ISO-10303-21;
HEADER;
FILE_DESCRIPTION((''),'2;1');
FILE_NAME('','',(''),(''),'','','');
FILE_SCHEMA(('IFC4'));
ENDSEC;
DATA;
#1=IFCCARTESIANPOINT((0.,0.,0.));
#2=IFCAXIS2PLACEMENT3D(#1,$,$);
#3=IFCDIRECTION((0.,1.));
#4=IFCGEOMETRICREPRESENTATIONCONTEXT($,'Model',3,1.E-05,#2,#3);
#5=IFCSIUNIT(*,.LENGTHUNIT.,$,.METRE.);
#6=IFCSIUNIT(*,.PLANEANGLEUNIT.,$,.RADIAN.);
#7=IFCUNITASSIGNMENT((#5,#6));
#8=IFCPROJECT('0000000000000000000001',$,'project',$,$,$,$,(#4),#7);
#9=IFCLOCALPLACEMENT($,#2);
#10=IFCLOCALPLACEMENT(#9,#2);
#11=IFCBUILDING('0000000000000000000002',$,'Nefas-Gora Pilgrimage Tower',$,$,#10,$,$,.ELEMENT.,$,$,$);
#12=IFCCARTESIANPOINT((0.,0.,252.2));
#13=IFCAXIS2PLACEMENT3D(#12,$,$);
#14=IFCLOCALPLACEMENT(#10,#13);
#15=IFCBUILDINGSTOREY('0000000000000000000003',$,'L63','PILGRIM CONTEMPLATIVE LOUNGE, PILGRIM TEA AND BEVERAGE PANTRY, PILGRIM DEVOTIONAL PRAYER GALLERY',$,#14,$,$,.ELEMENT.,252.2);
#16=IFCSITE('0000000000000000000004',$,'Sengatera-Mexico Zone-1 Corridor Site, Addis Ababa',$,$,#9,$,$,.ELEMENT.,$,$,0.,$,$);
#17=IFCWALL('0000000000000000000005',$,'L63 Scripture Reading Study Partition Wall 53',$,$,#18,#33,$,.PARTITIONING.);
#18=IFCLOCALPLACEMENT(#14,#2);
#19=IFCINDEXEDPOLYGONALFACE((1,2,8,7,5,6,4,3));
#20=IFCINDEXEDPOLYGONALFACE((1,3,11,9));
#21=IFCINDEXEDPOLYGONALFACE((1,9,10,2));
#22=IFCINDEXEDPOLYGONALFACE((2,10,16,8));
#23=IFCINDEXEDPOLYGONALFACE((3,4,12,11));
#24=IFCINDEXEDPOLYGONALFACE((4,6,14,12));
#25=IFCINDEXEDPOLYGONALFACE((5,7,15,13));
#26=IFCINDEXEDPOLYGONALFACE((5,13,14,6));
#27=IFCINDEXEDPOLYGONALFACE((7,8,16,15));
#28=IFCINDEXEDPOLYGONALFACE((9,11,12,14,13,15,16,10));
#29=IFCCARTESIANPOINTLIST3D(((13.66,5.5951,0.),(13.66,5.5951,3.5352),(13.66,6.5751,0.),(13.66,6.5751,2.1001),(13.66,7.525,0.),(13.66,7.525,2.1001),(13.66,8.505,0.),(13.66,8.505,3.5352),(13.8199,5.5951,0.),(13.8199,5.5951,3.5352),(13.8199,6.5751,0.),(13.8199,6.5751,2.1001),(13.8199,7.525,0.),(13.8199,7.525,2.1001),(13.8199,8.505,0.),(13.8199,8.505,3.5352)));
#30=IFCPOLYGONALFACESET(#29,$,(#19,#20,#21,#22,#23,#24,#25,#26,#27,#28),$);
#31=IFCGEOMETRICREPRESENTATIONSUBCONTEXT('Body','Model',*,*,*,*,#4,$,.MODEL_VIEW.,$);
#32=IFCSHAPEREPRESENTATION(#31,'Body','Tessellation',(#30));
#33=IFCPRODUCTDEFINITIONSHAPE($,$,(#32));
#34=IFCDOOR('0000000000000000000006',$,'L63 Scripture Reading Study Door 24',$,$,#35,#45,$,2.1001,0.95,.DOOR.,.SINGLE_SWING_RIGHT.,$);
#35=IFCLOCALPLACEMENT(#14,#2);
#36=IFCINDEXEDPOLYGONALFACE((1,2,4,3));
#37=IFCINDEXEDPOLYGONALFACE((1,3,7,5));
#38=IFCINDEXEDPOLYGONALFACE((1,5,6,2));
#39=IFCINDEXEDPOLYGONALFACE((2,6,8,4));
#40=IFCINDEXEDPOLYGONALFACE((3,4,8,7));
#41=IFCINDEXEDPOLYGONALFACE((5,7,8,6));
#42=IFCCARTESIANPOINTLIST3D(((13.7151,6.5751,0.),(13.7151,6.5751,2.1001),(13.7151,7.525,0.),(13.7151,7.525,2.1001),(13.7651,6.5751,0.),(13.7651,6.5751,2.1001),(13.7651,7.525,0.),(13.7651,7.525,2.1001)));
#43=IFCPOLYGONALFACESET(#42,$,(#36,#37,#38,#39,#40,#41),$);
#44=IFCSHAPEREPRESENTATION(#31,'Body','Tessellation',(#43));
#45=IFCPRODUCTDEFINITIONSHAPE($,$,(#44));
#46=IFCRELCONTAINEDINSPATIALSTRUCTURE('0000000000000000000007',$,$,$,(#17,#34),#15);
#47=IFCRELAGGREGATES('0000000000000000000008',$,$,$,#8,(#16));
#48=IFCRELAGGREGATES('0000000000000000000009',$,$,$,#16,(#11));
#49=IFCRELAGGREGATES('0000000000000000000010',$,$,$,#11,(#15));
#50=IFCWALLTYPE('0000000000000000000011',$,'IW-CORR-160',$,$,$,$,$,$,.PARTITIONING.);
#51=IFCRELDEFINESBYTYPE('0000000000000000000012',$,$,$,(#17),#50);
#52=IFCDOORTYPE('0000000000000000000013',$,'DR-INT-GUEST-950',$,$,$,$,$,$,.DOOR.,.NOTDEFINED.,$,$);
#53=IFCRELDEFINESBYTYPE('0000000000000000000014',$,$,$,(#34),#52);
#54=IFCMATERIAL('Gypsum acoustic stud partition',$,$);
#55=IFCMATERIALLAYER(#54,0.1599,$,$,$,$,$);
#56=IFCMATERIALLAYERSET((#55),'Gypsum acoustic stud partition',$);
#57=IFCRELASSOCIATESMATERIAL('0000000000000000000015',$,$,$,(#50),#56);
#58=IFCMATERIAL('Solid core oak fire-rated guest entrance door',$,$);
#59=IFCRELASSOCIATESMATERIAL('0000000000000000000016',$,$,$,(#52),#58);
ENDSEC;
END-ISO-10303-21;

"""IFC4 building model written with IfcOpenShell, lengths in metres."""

from ifc_helpers import new_model, si_unit, direction, frame, frame_2d, origin, place, context, subcontext, project, spatial, rectangle, extrude, source, transform, mapped, material, layer, layer_set, type_object, element, fill, save


model = new_model("IFC4")

# Units and contexts
model_context = context("Model", 3, precision=1e-05, world=origin(), true_north=direction((0.0, 1.0)))
body_context = subcontext(model_context, "Body", "Model", "MODEL_VIEW")
ifc_project = project(units=[si_unit("LENGTHUNIT", "METRE"), si_unit("PLANEANGLEUNIT", "RADIAN")], contexts=[model_context])

# Site, building, storey
site_placement = place(None, origin())
site = spatial("IfcSite", under=ifc_project, at=site_placement, Name="Sengatera-Mexico Zone-1 Corridor Site, Addis Ababa", CompositionType="ELEMENT", RefElevation=0.0)
building_placement = place(site_placement, origin())
building = spatial("IfcBuilding", under=site, at=building_placement, Name="Nefas-Gora Pilgrimage Tower", CompositionType="ELEMENT")
storey_placement = place(building_placement, frame((0.0, 0.0, 252.2)))
storey = spatial("IfcBuildingStorey", under=building, at=storey_placement, Name="L63", Description="PILGRIM CONTEMPLATIVE LOUNGE, PILGRIM TEA AND BEVERAGE PANTRY, PILGRIM DEVOTIONAL PRAYER GALLERY", CompositionType="ELEMENT", Elevation=252.2)

# Shared definitions
ifc_material_1 = material(Name="Gypsum acoustic stud partition")
ifc_layer_1 = layer(ifc_material_1, 0.1599)
ifc_layer_set_1 = layer_set([ifc_layer_1], Name="Gypsum acoustic stud partition")
wall_type_1 = type_object("IfcWallType", Name="IW-CORR-160", PredefinedType="PARTITIONING", material=ifc_layer_set_1)
ifc_material_2 = material(Name="Solid core oak fire-rated guest entrance door")
door_type = type_object("IfcDoorType", Name="DR-INT-GUEST-950", OperationType="NOTDEFINED", PredefinedType="DOOR", material=ifc_material_2)
shared_shape_1 = source(origin(), body_context, "Body", "SweptSolid", [
    extrude(rectangle(XDim=0.95, YDim=2.1001, at=frame_2d((0.4751, 1.05))), frame((0.0, 0.0249, 0.0), z_axis=(0.0, -1.0, 0.0), x_axis=(1.0, 0.0, 0.0)), (0.0, 0.0, 1.0), 0.05),
])

# Wall, opening, door
shared_shape_2 = source(origin(), body_context, "Body", "SweptSolid", [
    extrude(rectangle(XDim=2.9099, YDim=0.1599, at=frame_2d((1.4551, 0.0))), origin(), (0.0, 0.0, 1.0), 3.5352),
])
wall_1_placement = place(storey_placement, frame((13.74, 5.595, 0.0), z_axis=(0.0, 0.0, 1.0), x_axis=(0.0, 1.0, 0.0)))
wall_1 = element("IfcWall", 1, at=wall_1_placement, inside=storey, type_object=wall_type_1, Name="L63 Scripture Reading Study Partition Wall 53", PredefinedType="PARTITIONING", context=body_context, shape_type="MappedRepresentation", body=[
    mapped(shared_shape_2, transform((0.0, 0.0, 0.0), x_axis=(1.0, 0.0, 0.0), y_axis=(0.0, 1.0, 0.0), z_axis=(0.0, 0.0, 1.0), scale=1.0)),
])
opening_1_placement = place(wall_1_placement, frame((0.98, 0.0, 0.0)))
opening_1 = element("IfcOpeningElement", 2, at=opening_1_placement, cuts=wall_1, PredefinedType="OPENING", context=body_context, shape_type="SweptSolid", body=[
    extrude(rectangle(XDim=0.95, YDim=2.1001, at=frame_2d((0.4751, 1.05))), frame((0.0, 0.0898, 0.0), z_axis=(0.0, -1.0, 0.0), x_axis=(1.0, 0.0, 0.0)), (0.0, 0.0, 1.0), 0.1799),
])
door_1_placement = place(opening_1_placement, origin())
door_1 = element("IfcDoor", 3, at=door_1_placement, inside=storey, type_object=door_type, Name="L63 Scripture Reading Study Door 24", OperationType="SINGLE_SWING_RIGHT", OverallHeight=2.1001, OverallWidth=0.95, PredefinedType="DOOR", context=body_context, shape_type="MappedRepresentation", body=[
    mapped(shared_shape_1, transform((0.0, 0.0, 0.0), x_axis=(1.0, 0.0, 0.0), y_axis=(0.0, 1.0, 0.0), z_axis=(0.0, 0.0, 1.0), scale=1.0)),
])
fill(opening_1, door_1)

save(model, "model.ifc")
